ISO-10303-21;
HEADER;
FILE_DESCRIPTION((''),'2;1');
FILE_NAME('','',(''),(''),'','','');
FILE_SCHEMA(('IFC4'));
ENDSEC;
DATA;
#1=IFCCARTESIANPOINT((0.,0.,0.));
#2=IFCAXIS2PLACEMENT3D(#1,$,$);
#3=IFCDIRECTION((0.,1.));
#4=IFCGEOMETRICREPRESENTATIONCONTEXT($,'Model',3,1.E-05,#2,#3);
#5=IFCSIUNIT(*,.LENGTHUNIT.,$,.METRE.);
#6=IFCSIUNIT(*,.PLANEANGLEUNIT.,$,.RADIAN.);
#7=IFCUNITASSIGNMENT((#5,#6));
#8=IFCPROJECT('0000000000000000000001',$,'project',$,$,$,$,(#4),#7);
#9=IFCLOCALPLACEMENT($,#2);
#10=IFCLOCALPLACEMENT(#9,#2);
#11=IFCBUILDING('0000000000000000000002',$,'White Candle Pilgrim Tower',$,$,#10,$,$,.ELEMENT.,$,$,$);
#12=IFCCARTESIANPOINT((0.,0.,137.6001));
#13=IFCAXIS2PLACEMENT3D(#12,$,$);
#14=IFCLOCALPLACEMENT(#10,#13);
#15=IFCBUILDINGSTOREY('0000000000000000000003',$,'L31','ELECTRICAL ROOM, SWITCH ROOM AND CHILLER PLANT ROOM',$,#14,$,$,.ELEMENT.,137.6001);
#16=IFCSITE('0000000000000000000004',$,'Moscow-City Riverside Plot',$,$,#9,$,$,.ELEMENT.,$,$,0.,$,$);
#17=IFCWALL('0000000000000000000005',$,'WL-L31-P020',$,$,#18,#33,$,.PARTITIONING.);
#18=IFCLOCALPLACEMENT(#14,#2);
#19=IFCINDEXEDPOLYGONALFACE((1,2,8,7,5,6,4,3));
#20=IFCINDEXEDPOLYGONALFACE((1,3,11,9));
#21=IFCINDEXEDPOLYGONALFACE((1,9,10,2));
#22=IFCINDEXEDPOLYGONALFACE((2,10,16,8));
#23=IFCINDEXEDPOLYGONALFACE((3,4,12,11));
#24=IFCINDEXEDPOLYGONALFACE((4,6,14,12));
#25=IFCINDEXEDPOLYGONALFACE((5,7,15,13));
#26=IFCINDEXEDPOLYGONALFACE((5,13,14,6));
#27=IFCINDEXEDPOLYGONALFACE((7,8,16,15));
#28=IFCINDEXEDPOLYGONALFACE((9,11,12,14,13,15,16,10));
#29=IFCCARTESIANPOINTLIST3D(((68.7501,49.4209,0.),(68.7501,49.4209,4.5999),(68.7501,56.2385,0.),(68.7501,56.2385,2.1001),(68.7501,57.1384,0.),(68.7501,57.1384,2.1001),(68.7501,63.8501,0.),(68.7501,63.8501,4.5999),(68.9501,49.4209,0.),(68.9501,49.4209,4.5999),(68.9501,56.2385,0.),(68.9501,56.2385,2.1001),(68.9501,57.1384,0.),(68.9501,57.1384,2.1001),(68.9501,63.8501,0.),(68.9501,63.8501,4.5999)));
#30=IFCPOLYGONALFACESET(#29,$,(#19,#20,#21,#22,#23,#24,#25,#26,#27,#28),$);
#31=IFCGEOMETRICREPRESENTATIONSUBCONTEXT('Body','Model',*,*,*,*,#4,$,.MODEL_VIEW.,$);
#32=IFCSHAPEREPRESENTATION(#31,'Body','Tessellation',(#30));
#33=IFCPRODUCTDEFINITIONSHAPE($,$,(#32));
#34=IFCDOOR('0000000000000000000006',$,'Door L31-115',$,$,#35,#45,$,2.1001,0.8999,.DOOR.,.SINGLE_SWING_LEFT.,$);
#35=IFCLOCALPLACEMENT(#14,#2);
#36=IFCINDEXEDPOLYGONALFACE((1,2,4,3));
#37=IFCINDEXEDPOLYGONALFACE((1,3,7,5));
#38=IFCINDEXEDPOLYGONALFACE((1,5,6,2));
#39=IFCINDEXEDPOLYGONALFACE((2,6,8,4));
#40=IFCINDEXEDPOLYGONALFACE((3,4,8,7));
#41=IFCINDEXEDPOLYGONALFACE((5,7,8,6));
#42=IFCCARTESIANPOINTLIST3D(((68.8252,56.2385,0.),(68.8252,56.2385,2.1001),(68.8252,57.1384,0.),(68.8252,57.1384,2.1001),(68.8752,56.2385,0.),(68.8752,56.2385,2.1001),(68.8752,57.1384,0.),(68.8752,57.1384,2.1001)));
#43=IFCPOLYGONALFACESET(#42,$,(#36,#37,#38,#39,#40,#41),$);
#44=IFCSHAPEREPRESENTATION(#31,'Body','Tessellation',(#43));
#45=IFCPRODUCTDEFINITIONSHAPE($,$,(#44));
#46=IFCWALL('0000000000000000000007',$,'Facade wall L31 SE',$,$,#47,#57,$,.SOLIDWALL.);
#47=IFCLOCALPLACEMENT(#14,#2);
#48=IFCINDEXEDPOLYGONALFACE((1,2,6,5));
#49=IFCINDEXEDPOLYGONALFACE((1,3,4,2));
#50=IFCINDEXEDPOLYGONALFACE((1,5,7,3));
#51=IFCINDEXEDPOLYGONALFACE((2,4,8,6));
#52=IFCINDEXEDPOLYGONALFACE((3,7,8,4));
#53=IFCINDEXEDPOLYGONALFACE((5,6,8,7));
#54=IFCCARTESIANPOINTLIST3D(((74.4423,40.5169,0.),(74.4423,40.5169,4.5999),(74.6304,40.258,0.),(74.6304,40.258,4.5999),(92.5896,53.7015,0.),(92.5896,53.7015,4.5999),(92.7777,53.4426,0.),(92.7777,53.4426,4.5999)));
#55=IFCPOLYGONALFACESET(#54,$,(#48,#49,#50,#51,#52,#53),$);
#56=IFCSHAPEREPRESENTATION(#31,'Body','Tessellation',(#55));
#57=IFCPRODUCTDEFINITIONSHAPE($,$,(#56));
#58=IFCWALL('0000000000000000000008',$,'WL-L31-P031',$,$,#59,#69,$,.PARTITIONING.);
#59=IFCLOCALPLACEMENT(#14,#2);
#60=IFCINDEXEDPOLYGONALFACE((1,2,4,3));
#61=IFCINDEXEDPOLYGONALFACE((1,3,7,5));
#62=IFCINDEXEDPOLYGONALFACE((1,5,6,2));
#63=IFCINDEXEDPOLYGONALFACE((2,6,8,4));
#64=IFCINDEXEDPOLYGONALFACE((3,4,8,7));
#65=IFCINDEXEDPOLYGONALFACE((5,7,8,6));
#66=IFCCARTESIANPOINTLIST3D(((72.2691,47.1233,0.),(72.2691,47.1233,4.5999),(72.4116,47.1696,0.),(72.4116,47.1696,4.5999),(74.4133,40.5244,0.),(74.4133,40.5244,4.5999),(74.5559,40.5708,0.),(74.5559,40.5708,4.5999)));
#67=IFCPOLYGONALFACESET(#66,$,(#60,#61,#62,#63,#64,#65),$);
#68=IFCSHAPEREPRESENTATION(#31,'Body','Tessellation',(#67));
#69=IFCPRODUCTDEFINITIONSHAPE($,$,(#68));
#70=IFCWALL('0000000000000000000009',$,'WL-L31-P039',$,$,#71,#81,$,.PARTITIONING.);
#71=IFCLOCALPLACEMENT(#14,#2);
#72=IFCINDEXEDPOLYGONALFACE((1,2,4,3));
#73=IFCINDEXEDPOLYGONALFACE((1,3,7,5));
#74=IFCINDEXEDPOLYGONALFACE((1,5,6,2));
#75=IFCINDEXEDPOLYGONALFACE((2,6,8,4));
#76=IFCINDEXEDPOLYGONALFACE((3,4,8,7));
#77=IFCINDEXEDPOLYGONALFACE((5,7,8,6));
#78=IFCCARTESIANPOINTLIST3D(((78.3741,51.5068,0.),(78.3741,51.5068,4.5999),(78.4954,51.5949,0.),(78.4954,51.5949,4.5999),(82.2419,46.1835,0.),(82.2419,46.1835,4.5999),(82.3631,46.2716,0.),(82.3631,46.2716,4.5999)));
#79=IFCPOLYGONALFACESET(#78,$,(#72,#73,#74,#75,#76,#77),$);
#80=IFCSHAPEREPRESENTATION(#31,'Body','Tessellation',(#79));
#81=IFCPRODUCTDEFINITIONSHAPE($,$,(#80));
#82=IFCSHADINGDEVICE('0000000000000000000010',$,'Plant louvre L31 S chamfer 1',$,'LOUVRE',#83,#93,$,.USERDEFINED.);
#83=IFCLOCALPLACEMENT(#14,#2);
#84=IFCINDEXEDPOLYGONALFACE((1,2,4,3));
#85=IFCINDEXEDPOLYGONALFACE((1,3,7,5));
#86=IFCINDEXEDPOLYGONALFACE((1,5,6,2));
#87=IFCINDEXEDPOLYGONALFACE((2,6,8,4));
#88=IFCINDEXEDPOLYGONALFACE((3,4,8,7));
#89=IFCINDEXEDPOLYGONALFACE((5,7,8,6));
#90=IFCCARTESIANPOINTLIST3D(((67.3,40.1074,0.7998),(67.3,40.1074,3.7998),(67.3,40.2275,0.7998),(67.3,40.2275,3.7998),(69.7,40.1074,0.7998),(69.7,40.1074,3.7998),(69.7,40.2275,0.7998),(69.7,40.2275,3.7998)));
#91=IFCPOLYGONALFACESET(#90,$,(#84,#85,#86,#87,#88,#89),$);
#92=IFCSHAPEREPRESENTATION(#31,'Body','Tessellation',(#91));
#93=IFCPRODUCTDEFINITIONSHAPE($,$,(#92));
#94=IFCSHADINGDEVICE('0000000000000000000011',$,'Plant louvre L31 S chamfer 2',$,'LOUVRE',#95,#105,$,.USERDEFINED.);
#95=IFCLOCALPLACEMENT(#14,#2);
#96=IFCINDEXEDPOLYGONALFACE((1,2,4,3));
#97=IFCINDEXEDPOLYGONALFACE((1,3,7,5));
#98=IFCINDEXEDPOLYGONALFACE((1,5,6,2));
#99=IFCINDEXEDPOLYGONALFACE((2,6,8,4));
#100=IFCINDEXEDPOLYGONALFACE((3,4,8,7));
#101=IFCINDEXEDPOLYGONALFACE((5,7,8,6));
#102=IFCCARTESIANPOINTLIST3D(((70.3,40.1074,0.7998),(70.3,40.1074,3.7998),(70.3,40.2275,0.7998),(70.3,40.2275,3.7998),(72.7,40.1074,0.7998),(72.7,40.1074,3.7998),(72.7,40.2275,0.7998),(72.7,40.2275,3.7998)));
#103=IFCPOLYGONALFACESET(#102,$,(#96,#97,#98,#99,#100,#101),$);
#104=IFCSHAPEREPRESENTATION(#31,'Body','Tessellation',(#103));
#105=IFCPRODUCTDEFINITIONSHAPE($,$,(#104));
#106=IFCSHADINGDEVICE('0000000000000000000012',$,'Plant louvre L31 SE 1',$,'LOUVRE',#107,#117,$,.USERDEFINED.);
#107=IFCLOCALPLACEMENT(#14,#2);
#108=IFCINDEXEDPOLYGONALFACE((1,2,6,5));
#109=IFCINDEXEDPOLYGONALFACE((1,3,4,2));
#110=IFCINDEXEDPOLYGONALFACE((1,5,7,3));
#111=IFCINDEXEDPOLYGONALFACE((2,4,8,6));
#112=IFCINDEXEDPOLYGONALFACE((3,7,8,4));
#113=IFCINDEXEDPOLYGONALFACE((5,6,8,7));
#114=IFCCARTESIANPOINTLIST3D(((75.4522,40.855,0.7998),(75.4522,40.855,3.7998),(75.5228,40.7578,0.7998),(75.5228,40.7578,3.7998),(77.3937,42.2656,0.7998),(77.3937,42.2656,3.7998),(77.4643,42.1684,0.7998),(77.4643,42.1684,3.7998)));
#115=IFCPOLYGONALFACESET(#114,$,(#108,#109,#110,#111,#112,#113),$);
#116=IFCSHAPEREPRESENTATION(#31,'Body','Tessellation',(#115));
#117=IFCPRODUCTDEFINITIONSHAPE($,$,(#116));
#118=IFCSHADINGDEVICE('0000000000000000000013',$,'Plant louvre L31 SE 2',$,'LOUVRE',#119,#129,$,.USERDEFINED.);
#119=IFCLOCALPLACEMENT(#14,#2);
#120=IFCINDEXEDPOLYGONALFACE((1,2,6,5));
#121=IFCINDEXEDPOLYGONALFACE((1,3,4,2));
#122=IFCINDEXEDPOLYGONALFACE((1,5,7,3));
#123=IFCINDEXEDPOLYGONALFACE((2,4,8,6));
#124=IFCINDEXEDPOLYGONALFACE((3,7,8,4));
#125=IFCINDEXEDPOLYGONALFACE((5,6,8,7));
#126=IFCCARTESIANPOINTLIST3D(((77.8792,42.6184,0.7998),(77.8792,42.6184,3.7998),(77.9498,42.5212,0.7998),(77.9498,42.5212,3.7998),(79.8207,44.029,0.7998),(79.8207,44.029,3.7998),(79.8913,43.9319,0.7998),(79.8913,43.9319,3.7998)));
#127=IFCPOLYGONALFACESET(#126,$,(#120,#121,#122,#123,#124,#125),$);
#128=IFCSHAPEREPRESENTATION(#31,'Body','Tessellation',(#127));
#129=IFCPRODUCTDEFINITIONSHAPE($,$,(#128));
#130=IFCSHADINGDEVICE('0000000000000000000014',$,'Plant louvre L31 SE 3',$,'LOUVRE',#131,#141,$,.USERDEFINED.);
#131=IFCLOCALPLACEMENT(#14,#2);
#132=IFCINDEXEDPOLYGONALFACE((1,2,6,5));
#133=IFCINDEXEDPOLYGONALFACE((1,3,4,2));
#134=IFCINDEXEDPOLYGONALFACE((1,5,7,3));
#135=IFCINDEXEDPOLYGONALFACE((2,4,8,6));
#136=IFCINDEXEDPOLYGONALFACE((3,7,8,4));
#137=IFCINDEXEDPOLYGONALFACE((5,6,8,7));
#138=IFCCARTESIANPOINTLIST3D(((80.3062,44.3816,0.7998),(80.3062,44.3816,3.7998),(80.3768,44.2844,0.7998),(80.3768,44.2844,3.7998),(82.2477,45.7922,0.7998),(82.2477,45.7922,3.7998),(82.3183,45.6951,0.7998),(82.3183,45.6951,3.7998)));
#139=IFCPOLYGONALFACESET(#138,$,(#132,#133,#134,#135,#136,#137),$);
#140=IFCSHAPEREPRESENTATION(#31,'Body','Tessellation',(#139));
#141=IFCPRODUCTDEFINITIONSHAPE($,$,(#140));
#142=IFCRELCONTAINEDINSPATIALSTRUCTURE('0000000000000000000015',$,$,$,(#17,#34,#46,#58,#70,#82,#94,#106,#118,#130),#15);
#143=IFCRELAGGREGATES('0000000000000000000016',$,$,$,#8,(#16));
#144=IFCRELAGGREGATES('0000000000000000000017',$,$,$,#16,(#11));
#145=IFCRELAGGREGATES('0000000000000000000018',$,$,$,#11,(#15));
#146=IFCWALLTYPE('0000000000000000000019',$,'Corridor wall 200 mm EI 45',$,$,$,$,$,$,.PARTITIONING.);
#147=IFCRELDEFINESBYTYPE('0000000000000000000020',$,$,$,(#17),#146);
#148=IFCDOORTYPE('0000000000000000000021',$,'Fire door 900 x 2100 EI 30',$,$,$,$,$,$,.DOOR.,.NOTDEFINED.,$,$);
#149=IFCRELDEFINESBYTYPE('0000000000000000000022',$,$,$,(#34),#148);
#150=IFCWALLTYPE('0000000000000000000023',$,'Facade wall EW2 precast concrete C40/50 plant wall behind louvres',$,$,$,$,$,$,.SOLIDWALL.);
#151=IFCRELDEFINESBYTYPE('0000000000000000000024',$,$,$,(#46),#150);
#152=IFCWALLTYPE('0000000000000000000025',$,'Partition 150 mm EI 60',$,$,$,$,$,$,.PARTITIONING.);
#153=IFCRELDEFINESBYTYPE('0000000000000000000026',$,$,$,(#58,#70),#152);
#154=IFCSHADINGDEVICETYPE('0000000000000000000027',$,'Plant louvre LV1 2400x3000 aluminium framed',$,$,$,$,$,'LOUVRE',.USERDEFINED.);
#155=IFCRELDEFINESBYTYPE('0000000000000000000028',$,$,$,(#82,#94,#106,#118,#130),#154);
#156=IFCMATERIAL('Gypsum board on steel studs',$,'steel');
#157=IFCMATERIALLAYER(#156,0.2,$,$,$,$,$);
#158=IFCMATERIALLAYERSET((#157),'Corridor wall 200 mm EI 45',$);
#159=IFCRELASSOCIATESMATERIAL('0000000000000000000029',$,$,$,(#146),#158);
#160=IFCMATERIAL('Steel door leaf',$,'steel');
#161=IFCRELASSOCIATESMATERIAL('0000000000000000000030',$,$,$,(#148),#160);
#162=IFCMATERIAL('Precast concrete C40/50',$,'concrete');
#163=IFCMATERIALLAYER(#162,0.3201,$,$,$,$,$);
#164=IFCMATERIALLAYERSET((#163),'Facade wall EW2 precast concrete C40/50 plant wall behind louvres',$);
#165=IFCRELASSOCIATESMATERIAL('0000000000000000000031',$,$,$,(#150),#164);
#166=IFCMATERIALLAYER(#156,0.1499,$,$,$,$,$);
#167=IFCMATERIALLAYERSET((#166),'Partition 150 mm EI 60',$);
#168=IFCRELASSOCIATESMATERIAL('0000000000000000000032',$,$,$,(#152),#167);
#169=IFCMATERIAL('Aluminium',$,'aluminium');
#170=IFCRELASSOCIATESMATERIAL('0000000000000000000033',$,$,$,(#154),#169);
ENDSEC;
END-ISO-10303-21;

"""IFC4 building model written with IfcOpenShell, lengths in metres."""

from ifc_helpers import new_model, si_unit, direction, frame, frame_2d, origin, origin_2d, place, context, subcontext, project, spatial, rectangle, extrude, material, layer, layer_set, type_object, element, fill, save


model = new_model("IFC4")

# Units and contexts
model_context = context("Model", 3, precision=1e-05, world=origin(), true_north=direction((0.0, 1.0)))
body_context = subcontext(model_context, "Body", "Model", "MODEL_VIEW")
ifc_project = project(units=[si_unit("LENGTHUNIT", "METRE"), si_unit("PLANEANGLEUNIT", "RADIAN")], contexts=[model_context])

# Site, building, storey
site_placement = place(None, origin())
site = spatial("IfcSite", under=ifc_project, at=site_placement, Name="Moscow-City Riverside Plot", CompositionType="ELEMENT", RefElevation=0.0)
building_placement = place(site_placement, origin())
building = spatial("IfcBuilding", under=site, at=building_placement, Name="White Candle Pilgrim Tower", CompositionType="ELEMENT")
storey_placement = place(building_placement, frame((0.0, 0.0, 137.6001)))
storey = spatial("IfcBuildingStorey", under=building, at=storey_placement, Name="L31", Description="ELECTRICAL ROOM, SWITCH ROOM AND CHILLER PLANT ROOM", CompositionType="ELEMENT", Elevation=137.6001)

# Shared definitions
ifc_material_1 = material(Name="Gypsum board on steel studs", Category="steel")
ifc_layer_1 = layer(ifc_material_1, 0.2)
ifc_layer_set_1 = layer_set([ifc_layer_1], Name="Corridor wall 200 mm EI 45")
wall_type_1 = type_object("IfcWallType", Name="Corridor wall 200 mm EI 45", PredefinedType="PARTITIONING", material=ifc_layer_set_1)
ifc_material_2 = material(Name="Steel door leaf", Category="steel")
door_type_1 = type_object("IfcDoorType", Name="Fire door 900 x 2100 EI 30", OperationType="NOTDEFINED", PredefinedType="DOOR", material=ifc_material_2)

# Wall, opening, door
wall_1_placement = place(storey_placement, frame((68.8501, 49.4209, 0.0), z_axis=(0.0, 0.0, 1.0), x_axis=(0.0, 1.0, 0.0)))
wall_1 = element("IfcWall", 1, at=wall_1_placement, inside=storey, type_object=wall_type_1, Name="WL-L31-P020", PredefinedType="PARTITIONING", context=body_context, shape_type="SweptSolid", body=[
    extrude(rectangle(XDim=14.4292, YDim=0.2, at=frame_2d((7.2146, 0.0))), origin(), (0.0, 0.0, 1.0), 4.5999),
])
opening_1_placement = place(wall_1_placement, frame((6.8176, 0.0, 0.0)))
opening_1 = element("IfcOpeningElement", 2, at=opening_1_placement, cuts=wall_1, PredefinedType="OPENING", context=body_context, shape_type="SweptSolid", body=[
    extrude(rectangle(XDim=0.8999, YDim=2.1001, at=frame_2d((0.45, 1.05))), frame((0.0, 0.1099, 0.0), z_axis=(0.0, -1.0, 0.0), x_axis=(1.0, 0.0, 0.0)), (0.0, 0.0, 1.0), 0.22),
])
door_1_placement = place(opening_1_placement, origin())
door_1 = element("IfcDoor", 3, at=door_1_placement, inside=storey, type_object=door_type_1, Name="Door L31-115", OperationType="SINGLE_SWING_LEFT", OverallHeight=2.1001, OverallWidth=0.8999, PredefinedType="DOOR", context=body_context, shape_type="SweptSolid", body=[
    extrude(rectangle(XDim=0.8999, YDim=2.1001, at=frame_2d((0.45, 1.05))), frame((0.0, 0.0249, 0.0), z_axis=(0.0, -1.0, 0.0), x_axis=(1.0, 0.0, 0.0)), (0.0, 0.0, 1.0), 0.05),
])
fill(opening_1, door_1)

# Walls
ifc_material_3 = material(Name="Precast concrete C40/50", Category="concrete")
ifc_layer_2 = layer(ifc_material_3, 0.3201)
ifc_layer_set_2 = layer_set([ifc_layer_2], Name="Facade wall EW2 precast concrete C40/50 plant wall behind louvres")
wall_type_2 = type_object("IfcWallType", Name="Facade wall EW2 precast concrete C40/50 plant wall behind louvres", PredefinedType="SOLIDWALL", material=ifc_layer_set_2)
wall_2_placement = place(storey_placement, frame((74.5364, 40.3875, 0.0), z_axis=(0.0, 0.0, 1.0), x_axis=(0.80902, 0.587781, 0.0)))
element("IfcWall", 4, at=wall_2_placement, inside=storey, type_object=wall_type_2, Name="Facade wall L31 SE", PredefinedType="SOLIDWALL", context=body_context, shape_type="SweptSolid", body=[
    extrude(rectangle(XDim=22.4312, YDim=0.3201, at=frame_2d((11.2156, 0.0))), origin(), (0.0, 0.0, 1.0), 4.5999),
])
ifc_layer_3 = layer(ifc_material_1, 0.1499)
ifc_layer_set_3 = layer_set([ifc_layer_3], Name="Partition 150 mm EI 60")
wall_type_3 = type_object("IfcWallType", Name="Partition 150 mm EI 60", PredefinedType="PARTITIONING", material=ifc_layer_set_3)
wall_3_placement = place(storey_placement, frame((74.4846, 40.5476, 0.0), z_axis=(0.0, 0.0, 1.0), x_axis=(-0.309041, 0.951049, 0.0)))
element("IfcWall", 5, at=wall_3_placement, inside=storey, type_object=wall_type_3, Name="WL-L31-P031", PredefinedType="PARTITIONING", context=body_context, shape_type="SweptSolid", body=[
    extrude(rectangle(XDim=6.9385, YDim=0.1499, at=frame_2d((3.4692, 0.0))), origin(), (0.0, 0.0, 1.0), 4.5999),
])
wall_4_placement = place(storey_placement, frame((82.3025, 46.2275, 0.0), z_axis=(0.0, 0.0, 1.0), x_axis=(-0.587797, 0.809009, 0.0)))
element("IfcWall", 6, at=wall_4_placement, inside=storey, type_object=wall_type_3, Name="WL-L31-P039", PredefinedType="PARTITIONING", context=body_context, shape_type="SweptSolid", body=[
    extrude(rectangle(XDim=6.5801, YDim=0.1499, at=frame_2d((3.29, 0.0))), origin(), (0.0, 0.0, 1.0), 4.5999),
])

# Shading devices
ifc_material_4 = material(Name="Aluminium", Category="aluminium")
shading_device_type = type_object("IfcShadingDeviceType", Name="Plant louvre LV1 2400x3000 aluminium framed", ElementType="LOUVRE", PredefinedType="USERDEFINED", material=ifc_material_4)
for number, where, z_axis, x_axis, name in (
    (7, (68.5, 40.1675, 0.7998), (0.0, 0.0, 1.0), (1.0, 0.0, 0.0), "Plant louvre L31 S chamfer 1"),
    (8, (71.5, 40.1675, 0.7998), (0.0, 0.0, 1.0), (1.0, 0.0, 0.0), "Plant louvre L31 S chamfer 2"),
    (9, (76.4583, 41.5117, 0.7998), (0.0, 0.0, 1.0), (0.809017, 0.587785, 0.0), "Plant louvre L31 SE 1"),
    (10, (78.8853, 43.2751, 0.7998), (0.0, 0.0, 1.0), (0.809017, 0.587785, 0.0), "Plant louvre L31 SE 2"),
    (11, (81.3123, 45.0383, 0.7998), (0.0, 0.0, 1.0), (0.809017, 0.587785, 0.0), "Plant louvre L31 SE 3"),
):
    element("IfcShadingDevice", number, at=place(storey_placement, frame(where, z_axis=z_axis, x_axis=x_axis)), inside=storey, type_object=shading_device_type, Name=name, ObjectType="LOUVRE", PredefinedType="USERDEFINED", context=body_context, shape_type="SweptSolid", body=[
        extrude(rectangle(XDim=2.3999, YDim=0.1201, at=origin_2d()), origin(), (0.0, 0.0, 1.0), 3.0),
    ])

save(model, "model.ifc")
